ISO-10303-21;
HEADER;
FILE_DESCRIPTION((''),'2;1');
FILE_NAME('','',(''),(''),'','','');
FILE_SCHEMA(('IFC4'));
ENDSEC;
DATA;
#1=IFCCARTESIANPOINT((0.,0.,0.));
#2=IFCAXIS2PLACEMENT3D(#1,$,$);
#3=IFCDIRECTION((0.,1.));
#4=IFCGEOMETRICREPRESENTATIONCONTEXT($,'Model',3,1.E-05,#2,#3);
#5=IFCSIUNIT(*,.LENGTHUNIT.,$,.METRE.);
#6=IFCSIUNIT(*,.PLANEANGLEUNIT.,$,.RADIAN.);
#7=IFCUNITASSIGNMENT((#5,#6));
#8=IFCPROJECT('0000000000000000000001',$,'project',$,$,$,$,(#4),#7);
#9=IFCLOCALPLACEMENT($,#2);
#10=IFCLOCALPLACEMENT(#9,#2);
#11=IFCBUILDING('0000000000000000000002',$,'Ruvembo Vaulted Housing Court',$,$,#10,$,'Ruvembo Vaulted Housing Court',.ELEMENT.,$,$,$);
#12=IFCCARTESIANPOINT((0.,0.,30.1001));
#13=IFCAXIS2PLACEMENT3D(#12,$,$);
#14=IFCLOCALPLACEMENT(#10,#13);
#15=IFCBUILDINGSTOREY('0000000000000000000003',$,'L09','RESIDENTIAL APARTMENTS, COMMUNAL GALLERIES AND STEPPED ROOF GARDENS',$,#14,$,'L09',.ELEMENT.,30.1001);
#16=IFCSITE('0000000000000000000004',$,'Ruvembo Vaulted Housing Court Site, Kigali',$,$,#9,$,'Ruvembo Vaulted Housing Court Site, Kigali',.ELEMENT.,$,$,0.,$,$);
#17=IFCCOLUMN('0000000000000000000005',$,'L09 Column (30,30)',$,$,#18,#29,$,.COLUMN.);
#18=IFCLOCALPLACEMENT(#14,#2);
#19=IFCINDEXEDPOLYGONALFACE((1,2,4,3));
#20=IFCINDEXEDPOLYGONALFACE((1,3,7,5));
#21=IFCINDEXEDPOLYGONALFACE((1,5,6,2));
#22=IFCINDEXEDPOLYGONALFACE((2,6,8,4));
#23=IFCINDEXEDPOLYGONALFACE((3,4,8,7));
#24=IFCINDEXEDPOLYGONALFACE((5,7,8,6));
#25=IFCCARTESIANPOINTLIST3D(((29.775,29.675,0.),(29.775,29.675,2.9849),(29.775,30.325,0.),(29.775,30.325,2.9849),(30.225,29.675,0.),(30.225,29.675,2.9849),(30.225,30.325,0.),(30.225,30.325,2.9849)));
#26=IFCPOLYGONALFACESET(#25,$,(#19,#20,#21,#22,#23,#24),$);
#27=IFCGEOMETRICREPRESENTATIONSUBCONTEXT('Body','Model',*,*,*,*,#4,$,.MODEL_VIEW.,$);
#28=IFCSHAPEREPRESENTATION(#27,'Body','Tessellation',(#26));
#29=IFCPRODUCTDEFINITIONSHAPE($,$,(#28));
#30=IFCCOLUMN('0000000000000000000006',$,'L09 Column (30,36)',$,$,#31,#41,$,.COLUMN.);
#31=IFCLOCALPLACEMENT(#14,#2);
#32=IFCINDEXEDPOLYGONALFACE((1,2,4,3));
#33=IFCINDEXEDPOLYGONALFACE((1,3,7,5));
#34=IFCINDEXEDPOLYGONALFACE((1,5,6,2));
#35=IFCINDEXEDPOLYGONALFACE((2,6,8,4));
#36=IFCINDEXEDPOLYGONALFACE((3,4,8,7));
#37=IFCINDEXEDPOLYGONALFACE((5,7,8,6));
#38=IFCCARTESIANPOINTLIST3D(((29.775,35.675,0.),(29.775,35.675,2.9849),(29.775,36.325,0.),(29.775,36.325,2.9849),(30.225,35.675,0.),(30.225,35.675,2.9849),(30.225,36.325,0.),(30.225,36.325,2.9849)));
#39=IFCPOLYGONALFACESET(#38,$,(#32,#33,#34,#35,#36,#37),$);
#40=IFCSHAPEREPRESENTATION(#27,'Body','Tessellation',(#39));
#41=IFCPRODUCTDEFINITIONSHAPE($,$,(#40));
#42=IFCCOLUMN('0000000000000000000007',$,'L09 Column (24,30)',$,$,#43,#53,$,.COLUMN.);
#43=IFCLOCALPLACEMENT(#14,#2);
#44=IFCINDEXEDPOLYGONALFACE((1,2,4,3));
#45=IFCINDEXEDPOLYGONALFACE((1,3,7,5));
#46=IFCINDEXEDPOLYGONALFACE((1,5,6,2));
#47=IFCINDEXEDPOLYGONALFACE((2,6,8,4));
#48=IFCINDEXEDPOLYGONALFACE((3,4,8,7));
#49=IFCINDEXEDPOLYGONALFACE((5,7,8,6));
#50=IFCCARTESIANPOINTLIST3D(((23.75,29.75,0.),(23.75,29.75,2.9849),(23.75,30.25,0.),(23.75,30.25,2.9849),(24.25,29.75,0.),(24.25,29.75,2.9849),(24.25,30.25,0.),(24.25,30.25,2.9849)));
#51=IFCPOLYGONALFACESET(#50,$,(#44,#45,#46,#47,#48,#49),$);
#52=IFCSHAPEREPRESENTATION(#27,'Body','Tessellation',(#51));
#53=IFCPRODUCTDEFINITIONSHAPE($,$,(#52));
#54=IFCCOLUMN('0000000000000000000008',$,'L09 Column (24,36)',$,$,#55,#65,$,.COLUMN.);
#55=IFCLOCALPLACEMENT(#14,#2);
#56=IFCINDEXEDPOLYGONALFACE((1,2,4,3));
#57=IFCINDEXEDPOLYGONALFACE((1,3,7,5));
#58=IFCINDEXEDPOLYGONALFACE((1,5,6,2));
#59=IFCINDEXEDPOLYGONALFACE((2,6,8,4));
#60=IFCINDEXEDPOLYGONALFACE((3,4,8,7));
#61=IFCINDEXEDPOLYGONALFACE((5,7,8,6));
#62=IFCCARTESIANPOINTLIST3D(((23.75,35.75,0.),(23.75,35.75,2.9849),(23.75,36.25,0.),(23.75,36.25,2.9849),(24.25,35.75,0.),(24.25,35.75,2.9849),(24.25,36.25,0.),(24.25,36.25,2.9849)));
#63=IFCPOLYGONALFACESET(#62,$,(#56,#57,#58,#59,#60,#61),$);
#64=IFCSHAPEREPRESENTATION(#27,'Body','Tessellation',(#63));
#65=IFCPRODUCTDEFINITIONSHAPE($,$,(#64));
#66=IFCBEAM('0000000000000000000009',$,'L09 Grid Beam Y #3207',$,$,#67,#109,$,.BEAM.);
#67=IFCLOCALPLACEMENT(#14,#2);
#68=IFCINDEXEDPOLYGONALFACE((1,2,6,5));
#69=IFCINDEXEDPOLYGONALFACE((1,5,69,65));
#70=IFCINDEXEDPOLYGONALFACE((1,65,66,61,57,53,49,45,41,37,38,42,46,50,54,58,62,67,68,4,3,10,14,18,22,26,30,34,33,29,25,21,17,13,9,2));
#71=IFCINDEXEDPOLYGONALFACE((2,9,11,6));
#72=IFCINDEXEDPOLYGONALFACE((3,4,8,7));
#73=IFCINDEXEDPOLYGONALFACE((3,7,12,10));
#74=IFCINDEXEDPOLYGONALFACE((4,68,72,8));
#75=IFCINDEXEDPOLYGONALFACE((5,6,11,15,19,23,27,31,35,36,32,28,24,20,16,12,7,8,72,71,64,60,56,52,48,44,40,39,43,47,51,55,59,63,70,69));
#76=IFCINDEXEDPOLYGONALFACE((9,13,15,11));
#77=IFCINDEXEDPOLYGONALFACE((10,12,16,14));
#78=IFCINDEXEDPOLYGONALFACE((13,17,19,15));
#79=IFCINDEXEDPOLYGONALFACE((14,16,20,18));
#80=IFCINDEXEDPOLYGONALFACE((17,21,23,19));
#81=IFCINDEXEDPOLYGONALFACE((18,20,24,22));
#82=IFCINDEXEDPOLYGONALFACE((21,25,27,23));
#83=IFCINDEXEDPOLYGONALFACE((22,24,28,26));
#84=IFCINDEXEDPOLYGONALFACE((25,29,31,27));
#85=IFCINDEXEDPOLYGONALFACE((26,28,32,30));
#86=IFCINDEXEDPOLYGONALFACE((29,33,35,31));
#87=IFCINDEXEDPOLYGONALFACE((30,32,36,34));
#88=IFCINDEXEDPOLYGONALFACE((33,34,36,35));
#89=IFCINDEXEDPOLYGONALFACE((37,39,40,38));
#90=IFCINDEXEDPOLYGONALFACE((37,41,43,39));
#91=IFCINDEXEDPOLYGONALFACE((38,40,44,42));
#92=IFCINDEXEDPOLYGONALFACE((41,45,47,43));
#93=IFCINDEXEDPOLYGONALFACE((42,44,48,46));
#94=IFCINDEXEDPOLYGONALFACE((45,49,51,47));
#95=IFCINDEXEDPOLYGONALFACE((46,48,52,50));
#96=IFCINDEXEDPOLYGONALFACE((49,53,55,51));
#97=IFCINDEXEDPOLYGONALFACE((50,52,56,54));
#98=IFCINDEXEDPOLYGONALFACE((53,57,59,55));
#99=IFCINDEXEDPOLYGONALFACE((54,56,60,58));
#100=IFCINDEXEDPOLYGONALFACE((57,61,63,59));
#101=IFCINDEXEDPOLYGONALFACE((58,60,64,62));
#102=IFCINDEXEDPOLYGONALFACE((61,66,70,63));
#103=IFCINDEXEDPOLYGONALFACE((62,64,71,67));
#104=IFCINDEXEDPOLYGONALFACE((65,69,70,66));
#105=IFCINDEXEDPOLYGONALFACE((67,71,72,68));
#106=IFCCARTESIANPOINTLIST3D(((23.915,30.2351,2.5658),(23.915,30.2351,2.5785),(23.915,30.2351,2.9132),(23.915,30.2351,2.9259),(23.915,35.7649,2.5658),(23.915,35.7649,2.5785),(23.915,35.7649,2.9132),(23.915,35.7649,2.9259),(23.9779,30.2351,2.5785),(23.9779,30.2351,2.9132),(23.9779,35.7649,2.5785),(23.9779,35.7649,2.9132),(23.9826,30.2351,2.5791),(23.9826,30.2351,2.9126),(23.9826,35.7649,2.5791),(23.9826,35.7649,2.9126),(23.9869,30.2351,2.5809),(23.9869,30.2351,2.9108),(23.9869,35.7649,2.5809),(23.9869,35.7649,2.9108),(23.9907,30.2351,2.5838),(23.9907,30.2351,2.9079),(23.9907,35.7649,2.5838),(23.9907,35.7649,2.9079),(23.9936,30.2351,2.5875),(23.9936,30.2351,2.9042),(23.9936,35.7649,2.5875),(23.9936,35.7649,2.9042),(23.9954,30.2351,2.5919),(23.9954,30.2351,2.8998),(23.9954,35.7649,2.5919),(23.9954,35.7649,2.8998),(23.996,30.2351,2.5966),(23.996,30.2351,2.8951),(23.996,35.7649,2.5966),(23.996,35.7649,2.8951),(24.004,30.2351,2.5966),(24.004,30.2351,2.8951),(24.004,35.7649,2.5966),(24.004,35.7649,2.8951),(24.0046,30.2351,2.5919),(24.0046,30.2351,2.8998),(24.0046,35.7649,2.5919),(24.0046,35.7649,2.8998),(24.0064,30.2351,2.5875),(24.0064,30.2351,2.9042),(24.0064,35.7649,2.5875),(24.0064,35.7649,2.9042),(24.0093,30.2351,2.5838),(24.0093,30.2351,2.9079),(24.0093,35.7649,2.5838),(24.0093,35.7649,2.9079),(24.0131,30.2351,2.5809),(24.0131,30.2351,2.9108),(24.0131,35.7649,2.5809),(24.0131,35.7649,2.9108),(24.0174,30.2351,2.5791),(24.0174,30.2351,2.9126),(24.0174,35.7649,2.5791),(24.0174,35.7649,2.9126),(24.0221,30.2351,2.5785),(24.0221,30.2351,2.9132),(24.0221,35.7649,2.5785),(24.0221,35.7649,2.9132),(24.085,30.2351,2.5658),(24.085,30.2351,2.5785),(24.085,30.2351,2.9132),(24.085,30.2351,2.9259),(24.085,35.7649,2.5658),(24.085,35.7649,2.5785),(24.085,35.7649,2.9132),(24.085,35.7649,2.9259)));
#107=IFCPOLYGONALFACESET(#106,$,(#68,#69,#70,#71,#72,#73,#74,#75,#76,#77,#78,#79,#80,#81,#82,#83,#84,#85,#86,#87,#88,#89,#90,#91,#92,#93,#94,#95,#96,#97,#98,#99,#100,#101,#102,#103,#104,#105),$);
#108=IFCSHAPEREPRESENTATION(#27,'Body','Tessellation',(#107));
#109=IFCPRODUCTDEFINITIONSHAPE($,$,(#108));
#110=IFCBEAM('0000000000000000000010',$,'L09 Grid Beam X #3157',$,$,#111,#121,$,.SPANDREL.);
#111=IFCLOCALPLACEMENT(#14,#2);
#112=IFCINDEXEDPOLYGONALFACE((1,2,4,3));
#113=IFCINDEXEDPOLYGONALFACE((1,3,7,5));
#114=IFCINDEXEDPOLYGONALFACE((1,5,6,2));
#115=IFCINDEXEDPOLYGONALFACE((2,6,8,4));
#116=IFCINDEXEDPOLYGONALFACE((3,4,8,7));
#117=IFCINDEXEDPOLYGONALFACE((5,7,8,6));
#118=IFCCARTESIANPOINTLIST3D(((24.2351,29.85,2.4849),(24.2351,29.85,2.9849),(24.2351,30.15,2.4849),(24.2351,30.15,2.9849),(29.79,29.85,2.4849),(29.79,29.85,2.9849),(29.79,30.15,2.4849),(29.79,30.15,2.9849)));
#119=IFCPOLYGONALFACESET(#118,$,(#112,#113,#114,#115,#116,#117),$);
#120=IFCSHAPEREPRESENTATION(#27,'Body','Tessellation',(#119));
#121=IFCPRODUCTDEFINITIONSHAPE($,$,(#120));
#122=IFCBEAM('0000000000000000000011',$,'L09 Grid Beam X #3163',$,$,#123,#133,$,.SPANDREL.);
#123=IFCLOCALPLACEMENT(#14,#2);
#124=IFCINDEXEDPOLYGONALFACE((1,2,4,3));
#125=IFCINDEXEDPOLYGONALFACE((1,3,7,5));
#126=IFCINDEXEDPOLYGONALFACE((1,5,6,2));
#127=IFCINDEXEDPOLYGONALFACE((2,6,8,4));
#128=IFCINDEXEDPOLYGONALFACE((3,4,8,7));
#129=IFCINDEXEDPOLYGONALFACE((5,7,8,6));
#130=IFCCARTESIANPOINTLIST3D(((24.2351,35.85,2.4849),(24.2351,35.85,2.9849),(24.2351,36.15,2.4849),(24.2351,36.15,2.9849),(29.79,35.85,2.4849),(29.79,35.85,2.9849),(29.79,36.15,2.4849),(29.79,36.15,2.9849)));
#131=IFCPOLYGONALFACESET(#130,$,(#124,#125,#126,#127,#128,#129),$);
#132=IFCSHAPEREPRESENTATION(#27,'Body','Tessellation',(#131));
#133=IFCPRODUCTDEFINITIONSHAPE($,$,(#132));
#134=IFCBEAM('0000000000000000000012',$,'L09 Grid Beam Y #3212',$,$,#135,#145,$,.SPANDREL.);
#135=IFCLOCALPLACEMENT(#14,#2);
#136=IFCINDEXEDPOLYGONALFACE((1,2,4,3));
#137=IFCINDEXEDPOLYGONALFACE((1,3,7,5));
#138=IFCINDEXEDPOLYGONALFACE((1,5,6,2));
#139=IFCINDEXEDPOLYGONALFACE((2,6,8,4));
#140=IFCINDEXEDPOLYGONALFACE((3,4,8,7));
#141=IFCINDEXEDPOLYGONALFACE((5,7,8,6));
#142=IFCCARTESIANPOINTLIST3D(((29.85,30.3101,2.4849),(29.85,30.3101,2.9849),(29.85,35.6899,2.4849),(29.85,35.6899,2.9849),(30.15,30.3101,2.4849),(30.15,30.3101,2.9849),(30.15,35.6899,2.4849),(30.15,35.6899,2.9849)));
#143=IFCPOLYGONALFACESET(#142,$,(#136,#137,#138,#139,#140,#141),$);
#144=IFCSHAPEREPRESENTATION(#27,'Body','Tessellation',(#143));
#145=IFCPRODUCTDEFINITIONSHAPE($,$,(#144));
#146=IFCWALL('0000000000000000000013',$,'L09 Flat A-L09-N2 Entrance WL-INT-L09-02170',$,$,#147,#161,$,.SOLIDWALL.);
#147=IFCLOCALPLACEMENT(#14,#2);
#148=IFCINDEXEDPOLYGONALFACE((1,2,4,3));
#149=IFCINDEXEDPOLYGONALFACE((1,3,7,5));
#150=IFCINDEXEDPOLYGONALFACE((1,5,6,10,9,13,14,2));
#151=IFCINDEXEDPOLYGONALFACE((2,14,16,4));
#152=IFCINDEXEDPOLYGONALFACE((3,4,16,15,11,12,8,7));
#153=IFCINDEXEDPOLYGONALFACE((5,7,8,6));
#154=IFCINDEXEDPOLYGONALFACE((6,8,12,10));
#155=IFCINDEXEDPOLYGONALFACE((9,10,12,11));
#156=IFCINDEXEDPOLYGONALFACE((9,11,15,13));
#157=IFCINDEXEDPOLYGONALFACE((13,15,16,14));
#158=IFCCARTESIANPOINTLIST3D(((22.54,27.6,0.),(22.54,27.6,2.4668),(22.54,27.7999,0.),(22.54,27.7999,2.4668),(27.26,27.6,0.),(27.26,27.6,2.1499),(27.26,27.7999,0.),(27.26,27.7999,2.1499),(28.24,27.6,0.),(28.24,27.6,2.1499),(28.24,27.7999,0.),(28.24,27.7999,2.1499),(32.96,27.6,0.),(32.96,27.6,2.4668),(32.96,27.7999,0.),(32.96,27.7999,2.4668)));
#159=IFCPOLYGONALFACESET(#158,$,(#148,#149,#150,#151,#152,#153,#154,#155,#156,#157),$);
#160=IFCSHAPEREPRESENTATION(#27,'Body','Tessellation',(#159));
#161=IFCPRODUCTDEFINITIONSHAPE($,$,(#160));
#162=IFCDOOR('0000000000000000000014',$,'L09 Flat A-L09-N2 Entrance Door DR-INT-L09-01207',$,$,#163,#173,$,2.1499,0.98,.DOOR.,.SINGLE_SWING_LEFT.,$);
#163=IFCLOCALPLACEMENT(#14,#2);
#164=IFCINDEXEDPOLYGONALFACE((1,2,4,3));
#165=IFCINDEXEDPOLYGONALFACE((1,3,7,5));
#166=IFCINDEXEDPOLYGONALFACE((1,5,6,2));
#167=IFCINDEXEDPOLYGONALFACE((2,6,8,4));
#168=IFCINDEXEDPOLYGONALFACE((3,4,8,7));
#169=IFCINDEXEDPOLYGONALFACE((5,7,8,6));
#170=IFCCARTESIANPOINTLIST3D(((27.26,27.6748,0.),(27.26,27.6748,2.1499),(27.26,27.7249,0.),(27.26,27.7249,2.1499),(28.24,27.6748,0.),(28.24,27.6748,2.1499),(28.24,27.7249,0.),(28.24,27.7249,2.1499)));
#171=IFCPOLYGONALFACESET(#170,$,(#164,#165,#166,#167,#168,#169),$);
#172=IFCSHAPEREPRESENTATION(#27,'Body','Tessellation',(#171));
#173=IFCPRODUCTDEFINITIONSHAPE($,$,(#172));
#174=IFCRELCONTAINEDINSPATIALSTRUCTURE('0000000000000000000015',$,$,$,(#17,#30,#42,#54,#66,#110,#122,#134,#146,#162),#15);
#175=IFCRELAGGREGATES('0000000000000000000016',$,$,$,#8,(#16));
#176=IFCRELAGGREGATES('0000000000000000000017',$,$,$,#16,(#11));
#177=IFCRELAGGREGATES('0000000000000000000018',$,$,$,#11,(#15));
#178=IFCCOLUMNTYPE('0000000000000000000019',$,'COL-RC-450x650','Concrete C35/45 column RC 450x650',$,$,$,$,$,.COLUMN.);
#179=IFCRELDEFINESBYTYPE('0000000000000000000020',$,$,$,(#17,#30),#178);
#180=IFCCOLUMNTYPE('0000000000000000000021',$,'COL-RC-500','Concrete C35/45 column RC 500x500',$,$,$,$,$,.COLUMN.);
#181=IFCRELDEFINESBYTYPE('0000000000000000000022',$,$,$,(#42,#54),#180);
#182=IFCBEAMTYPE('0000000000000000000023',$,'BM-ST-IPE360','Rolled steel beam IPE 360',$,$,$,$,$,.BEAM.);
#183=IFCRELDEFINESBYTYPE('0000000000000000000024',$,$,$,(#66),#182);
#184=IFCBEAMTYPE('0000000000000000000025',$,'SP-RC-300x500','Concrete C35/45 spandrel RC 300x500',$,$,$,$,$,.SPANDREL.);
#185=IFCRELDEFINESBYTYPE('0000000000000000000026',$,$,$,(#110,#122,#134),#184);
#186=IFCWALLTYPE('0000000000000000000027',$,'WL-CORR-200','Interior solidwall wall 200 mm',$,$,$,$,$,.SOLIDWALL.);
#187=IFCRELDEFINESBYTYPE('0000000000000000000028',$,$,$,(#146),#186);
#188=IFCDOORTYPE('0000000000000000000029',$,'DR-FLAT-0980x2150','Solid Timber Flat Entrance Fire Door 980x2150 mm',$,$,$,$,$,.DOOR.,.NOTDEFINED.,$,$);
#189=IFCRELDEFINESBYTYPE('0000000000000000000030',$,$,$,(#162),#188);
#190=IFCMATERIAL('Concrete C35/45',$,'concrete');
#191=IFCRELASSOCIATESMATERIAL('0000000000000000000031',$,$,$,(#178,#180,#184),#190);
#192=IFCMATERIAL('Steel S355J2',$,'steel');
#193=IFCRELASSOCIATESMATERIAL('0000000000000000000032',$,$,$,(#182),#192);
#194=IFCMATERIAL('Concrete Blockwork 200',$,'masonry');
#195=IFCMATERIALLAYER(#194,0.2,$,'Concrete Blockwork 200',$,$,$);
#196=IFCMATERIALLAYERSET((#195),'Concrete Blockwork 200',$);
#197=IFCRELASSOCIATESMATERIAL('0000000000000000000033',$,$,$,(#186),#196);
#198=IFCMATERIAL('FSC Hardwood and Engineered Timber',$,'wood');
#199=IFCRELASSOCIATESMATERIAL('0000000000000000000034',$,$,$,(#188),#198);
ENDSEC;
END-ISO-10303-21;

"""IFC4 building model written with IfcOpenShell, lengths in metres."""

from ifc_helpers import new_model, si_unit, direction, frame, frame_2d, origin, origin_2d, place, context, subcontext, project, spatial, rectangle, i_section, extrude, material, layer, layer_set, material_profile, profile_set, type_object, element, fill, save


model = new_model("IFC4")

# Units and contexts
model_context = context("Model", 3, precision=1e-05, world=origin(), true_north=direction((0.0, 1.0)))
body_context = subcontext(model_context, "Body", "Model", "MODEL_VIEW")
ifc_project = project(units=[si_unit("LENGTHUNIT", "METRE"), si_unit("PLANEANGLEUNIT", "RADIAN")], contexts=[model_context])

# Site, building, storey
site_placement = place(None, origin())
site = spatial("IfcSite", under=ifc_project, at=site_placement, Name="Ruvembo Vaulted Housing Court Site, Kigali", LongName="Ruvembo Vaulted Housing Court Site, Kigali", CompositionType="ELEMENT", RefElevation=0.0)
building_placement = place(site_placement, origin())
building = spatial("IfcBuilding", under=site, at=building_placement, Name="Ruvembo Vaulted Housing Court", LongName="Ruvembo Vaulted Housing Court", CompositionType="ELEMENT")
storey_placement = place(building_placement, frame((0.0, 0.0, 30.1001)))
storey = spatial("IfcBuildingStorey", under=building, at=storey_placement, Name="L09", Description="RESIDENTIAL APARTMENTS, COMMUNAL GALLERIES AND STEPPED ROOF GARDENS", LongName="L09", CompositionType="ELEMENT", Elevation=30.1001)

# Columns
ifc_material_1 = material(Name="Concrete C35/45", Category="concrete")
ifc_material_profile_1 = material_profile(ifc_material_1, rectangle(XDim=0.45, YDim=0.6499, at=origin_2d()), Name="RC 450x650")
ifc_profile_set_1 = profile_set([ifc_material_profile_1], Name="Concrete C35/45")
column_type_1 = type_object("IfcColumnType", Name="COL-RC-450x650", Description="Concrete C35/45 column RC 450x650", PredefinedType="COLUMN", material=ifc_profile_set_1)
for number, where, z_axis, x_axis, name in (
    (1, (30.0, 30.0, 0.0), (0.0, 0.0, 1.0), (1.0, 0.0, 0.0), "L09 Column (30,30)"),
    (2, (30.0, 36.0, 0.0), (0.0, 0.0, 1.0), (1.0, 0.0, 0.0), "L09 Column (30,36)"),
):
    element("IfcColumn", number, at=place(storey_placement, frame(where, z_axis=z_axis, x_axis=x_axis)), inside=storey, type_object=column_type_1, Name=name, PredefinedType="COLUMN", context=body_context, shape_type="SweptSolid", body=[
        extrude(rectangle(XDim=0.45, YDim=0.6499, at=origin_2d()), origin(), (0.0, 0.0, 1.0), 2.9849),
    ])
ifc_material_profile_2 = material_profile(ifc_material_1, rectangle(XDim=0.5, YDim=0.5, at=origin_2d()), Name="RC 500x500")
ifc_profile_set_2 = profile_set([ifc_material_profile_2], Name="Concrete C35/45")
column_type_2 = type_object("IfcColumnType", Name="COL-RC-500", Description="Concrete C35/45 column RC 500x500", PredefinedType="COLUMN", material=ifc_profile_set_2)
for number, where, z_axis, x_axis, name in (
    (3, (24.0, 30.0, 0.0), (0.0, 0.0, 1.0), (1.0, 0.0, 0.0), "L09 Column (24,30)"),
    (4, (24.0, 36.0, 0.0), (0.0, 0.0, 1.0), (1.0, 0.0, 0.0), "L09 Column (24,36)"),
):
    element("IfcColumn", number, at=place(storey_placement, frame(where, z_axis=z_axis, x_axis=x_axis)), inside=storey, type_object=column_type_2, Name=name, PredefinedType="COLUMN", context=body_context, shape_type="SweptSolid", body=[
        extrude(rectangle(XDim=0.5, YDim=0.5, at=origin_2d()), origin(), (0.0, 0.0, 1.0), 2.9849),
    ])

# Beams
ifc_material_2 = material(Name="Steel S355J2", Category="steel")
ifc_material_profile_3 = material_profile(ifc_material_2, i_section(OverallWidth=0.1699, OverallDepth=0.3601, WebThickness=0.0081, FlangeThickness=0.0127, FilletRadius=0.0181, at=origin_2d()), Name="IPE 360")
ifc_profile_set_3 = profile_set([ifc_material_profile_3], Name="Steel S355J2")
beam_type_1 = type_object("IfcBeamType", Name="BM-ST-IPE360", Description="Rolled steel beam IPE 360", PredefinedType="BEAM", material=ifc_profile_set_3)
beam_1_placement = place(storey_placement, frame((24.0, 30.2351, 2.7458), z_axis=(0.0, 1.0, 0.0), x_axis=(-1.0, 0.0, 0.0)))
element("IfcBeam", 5, at=beam_1_placement, inside=storey, type_object=beam_type_1, Name="L09 Grid Beam Y #3207", PredefinedType="BEAM", context=body_context, shape_type="SweptSolid", body=[
    extrude(i_section(OverallWidth=0.1699, OverallDepth=0.3601, WebThickness=0.0081, FlangeThickness=0.0127, FilletRadius=0.0181, at=origin_2d()), origin(), (0.0, 0.0, 1.0), 5.5298),
])
ifc_material_profile_4 = material_profile(ifc_material_1, rectangle(XDim=0.3, YDim=0.5, at=origin_2d()), Name="RC 300x500")
ifc_profile_set_4 = profile_set([ifc_material_profile_4], Name="Concrete C35/45")
beam_type_2 = type_object("IfcBeamType", Name="SP-RC-300x500", Description="Concrete C35/45 spandrel RC 300x500", PredefinedType="SPANDREL", material=ifc_profile_set_4)
for number, where, z_axis, x_axis, name in (
    (6, (24.2351, 30.0, 2.7349), (1.0, 0.0, 0.0), (0.0, 1.0, 0.0), "L09 Grid Beam X #3157"),
    (7, (24.2351, 36.0, 2.7349), (1.0, 0.0, 0.0), (0.0, 1.0, 0.0), "L09 Grid Beam X #3163"),
):
    element("IfcBeam", number, at=place(storey_placement, frame(where, z_axis=z_axis, x_axis=x_axis)), inside=storey, type_object=beam_type_2, Name=name, PredefinedType="SPANDREL", context=body_context, shape_type="SweptSolid", body=[
        extrude(rectangle(XDim=0.3, YDim=0.5, at=origin_2d()), origin(), (0.0, 0.0, 1.0), 5.5549),
    ])
beam_2_placement = place(storey_placement, frame((30.0, 30.3101, 2.7349), z_axis=(0.0, 1.0, 0.0), x_axis=(-1.0, 0.0, 0.0)))
element("IfcBeam", 8, at=beam_2_placement, inside=storey, type_object=beam_type_2, Name="L09 Grid Beam Y #3212", PredefinedType="SPANDREL", context=body_context, shape_type="SweptSolid", body=[
    extrude(rectangle(XDim=0.3, YDim=0.5, at=origin_2d()), origin(), (0.0, 0.0, 1.0), 5.3799),
])

# Wall, opening, door
ifc_material_3 = material(Name="Concrete Blockwork 200", Category="masonry")
ifc_layer_1 = layer(ifc_material_3, 0.2, Name="Concrete Blockwork 200")
ifc_layer_set_1 = layer_set([ifc_layer_1], Name="Concrete Blockwork 200")
wall_type_1 = type_object("IfcWallType", Name="WL-CORR-200", Description="Interior solidwall wall 200 mm", PredefinedType="SOLIDWALL", material=ifc_layer_set_1)
wall_1_placement = place(storey_placement, frame((22.54, 27.7, 0.0), z_axis=(0.0, 0.0, 1.0), x_axis=(1.0, 0.0, 0.0)))
wall_1 = element("IfcWall", 9, at=wall_1_placement, inside=storey, type_object=wall_type_1, Name="L09 Flat A-L09-N2 Entrance WL-INT-L09-02170", PredefinedType="SOLIDWALL", context=body_context, shape_type="SweptSolid", body=[
    extrude(rectangle(XDim=10.4199, YDim=0.2, at=frame_2d((5.21, 0.0))), origin(), (0.0, 0.0, 1.0), 2.4668),
])
opening_1_placement = place(wall_1_placement, frame((4.72, 0.0, 0.0)))
opening_1 = element("IfcOpeningElement", 10, at=opening_1_placement, cuts=wall_1, PredefinedType="OPENING", context=body_context, shape_type="SweptSolid", body=[
    extrude(rectangle(XDim=0.98, YDim=2.1499, at=frame_2d((0.49, 1.075))), frame((0.0, 0.1099, 0.0), z_axis=(0.0, -1.0, 0.0), x_axis=(1.0, 0.0, 0.0)), (0.0, 0.0, 1.0), 0.22),
])
ifc_material_4 = material(Name="FSC Hardwood and Engineered Timber", Category="wood")
door_type_1 = type_object("IfcDoorType", Name="DR-FLAT-0980x2150", Description="Solid Timber Flat Entrance Fire Door 980x2150 mm", OperationType="NOTDEFINED", PredefinedType="DOOR", material=ifc_material_4)
door_1_placement = place(opening_1_placement, origin())
door_1 = element("IfcDoor", 11, at=door_1_placement, inside=storey, type_object=door_type_1, Name="L09 Flat A-L09-N2 Entrance Door DR-INT-L09-01207", OperationType="SINGLE_SWING_LEFT", OverallHeight=2.1499, OverallWidth=0.98, PredefinedType="DOOR", context=body_context, shape_type="SweptSolid", body=[
    extrude(rectangle(XDim=0.98, YDim=2.1499, at=frame_2d((0.49, 1.075))), frame((0.0, 0.0249, 0.0), z_axis=(0.0, -1.0, 0.0), x_axis=(1.0, 0.0, 0.0)), (0.0, 0.0, 1.0), 0.05),
])
fill(opening_1, door_1)

save(model, "model.ifc")
